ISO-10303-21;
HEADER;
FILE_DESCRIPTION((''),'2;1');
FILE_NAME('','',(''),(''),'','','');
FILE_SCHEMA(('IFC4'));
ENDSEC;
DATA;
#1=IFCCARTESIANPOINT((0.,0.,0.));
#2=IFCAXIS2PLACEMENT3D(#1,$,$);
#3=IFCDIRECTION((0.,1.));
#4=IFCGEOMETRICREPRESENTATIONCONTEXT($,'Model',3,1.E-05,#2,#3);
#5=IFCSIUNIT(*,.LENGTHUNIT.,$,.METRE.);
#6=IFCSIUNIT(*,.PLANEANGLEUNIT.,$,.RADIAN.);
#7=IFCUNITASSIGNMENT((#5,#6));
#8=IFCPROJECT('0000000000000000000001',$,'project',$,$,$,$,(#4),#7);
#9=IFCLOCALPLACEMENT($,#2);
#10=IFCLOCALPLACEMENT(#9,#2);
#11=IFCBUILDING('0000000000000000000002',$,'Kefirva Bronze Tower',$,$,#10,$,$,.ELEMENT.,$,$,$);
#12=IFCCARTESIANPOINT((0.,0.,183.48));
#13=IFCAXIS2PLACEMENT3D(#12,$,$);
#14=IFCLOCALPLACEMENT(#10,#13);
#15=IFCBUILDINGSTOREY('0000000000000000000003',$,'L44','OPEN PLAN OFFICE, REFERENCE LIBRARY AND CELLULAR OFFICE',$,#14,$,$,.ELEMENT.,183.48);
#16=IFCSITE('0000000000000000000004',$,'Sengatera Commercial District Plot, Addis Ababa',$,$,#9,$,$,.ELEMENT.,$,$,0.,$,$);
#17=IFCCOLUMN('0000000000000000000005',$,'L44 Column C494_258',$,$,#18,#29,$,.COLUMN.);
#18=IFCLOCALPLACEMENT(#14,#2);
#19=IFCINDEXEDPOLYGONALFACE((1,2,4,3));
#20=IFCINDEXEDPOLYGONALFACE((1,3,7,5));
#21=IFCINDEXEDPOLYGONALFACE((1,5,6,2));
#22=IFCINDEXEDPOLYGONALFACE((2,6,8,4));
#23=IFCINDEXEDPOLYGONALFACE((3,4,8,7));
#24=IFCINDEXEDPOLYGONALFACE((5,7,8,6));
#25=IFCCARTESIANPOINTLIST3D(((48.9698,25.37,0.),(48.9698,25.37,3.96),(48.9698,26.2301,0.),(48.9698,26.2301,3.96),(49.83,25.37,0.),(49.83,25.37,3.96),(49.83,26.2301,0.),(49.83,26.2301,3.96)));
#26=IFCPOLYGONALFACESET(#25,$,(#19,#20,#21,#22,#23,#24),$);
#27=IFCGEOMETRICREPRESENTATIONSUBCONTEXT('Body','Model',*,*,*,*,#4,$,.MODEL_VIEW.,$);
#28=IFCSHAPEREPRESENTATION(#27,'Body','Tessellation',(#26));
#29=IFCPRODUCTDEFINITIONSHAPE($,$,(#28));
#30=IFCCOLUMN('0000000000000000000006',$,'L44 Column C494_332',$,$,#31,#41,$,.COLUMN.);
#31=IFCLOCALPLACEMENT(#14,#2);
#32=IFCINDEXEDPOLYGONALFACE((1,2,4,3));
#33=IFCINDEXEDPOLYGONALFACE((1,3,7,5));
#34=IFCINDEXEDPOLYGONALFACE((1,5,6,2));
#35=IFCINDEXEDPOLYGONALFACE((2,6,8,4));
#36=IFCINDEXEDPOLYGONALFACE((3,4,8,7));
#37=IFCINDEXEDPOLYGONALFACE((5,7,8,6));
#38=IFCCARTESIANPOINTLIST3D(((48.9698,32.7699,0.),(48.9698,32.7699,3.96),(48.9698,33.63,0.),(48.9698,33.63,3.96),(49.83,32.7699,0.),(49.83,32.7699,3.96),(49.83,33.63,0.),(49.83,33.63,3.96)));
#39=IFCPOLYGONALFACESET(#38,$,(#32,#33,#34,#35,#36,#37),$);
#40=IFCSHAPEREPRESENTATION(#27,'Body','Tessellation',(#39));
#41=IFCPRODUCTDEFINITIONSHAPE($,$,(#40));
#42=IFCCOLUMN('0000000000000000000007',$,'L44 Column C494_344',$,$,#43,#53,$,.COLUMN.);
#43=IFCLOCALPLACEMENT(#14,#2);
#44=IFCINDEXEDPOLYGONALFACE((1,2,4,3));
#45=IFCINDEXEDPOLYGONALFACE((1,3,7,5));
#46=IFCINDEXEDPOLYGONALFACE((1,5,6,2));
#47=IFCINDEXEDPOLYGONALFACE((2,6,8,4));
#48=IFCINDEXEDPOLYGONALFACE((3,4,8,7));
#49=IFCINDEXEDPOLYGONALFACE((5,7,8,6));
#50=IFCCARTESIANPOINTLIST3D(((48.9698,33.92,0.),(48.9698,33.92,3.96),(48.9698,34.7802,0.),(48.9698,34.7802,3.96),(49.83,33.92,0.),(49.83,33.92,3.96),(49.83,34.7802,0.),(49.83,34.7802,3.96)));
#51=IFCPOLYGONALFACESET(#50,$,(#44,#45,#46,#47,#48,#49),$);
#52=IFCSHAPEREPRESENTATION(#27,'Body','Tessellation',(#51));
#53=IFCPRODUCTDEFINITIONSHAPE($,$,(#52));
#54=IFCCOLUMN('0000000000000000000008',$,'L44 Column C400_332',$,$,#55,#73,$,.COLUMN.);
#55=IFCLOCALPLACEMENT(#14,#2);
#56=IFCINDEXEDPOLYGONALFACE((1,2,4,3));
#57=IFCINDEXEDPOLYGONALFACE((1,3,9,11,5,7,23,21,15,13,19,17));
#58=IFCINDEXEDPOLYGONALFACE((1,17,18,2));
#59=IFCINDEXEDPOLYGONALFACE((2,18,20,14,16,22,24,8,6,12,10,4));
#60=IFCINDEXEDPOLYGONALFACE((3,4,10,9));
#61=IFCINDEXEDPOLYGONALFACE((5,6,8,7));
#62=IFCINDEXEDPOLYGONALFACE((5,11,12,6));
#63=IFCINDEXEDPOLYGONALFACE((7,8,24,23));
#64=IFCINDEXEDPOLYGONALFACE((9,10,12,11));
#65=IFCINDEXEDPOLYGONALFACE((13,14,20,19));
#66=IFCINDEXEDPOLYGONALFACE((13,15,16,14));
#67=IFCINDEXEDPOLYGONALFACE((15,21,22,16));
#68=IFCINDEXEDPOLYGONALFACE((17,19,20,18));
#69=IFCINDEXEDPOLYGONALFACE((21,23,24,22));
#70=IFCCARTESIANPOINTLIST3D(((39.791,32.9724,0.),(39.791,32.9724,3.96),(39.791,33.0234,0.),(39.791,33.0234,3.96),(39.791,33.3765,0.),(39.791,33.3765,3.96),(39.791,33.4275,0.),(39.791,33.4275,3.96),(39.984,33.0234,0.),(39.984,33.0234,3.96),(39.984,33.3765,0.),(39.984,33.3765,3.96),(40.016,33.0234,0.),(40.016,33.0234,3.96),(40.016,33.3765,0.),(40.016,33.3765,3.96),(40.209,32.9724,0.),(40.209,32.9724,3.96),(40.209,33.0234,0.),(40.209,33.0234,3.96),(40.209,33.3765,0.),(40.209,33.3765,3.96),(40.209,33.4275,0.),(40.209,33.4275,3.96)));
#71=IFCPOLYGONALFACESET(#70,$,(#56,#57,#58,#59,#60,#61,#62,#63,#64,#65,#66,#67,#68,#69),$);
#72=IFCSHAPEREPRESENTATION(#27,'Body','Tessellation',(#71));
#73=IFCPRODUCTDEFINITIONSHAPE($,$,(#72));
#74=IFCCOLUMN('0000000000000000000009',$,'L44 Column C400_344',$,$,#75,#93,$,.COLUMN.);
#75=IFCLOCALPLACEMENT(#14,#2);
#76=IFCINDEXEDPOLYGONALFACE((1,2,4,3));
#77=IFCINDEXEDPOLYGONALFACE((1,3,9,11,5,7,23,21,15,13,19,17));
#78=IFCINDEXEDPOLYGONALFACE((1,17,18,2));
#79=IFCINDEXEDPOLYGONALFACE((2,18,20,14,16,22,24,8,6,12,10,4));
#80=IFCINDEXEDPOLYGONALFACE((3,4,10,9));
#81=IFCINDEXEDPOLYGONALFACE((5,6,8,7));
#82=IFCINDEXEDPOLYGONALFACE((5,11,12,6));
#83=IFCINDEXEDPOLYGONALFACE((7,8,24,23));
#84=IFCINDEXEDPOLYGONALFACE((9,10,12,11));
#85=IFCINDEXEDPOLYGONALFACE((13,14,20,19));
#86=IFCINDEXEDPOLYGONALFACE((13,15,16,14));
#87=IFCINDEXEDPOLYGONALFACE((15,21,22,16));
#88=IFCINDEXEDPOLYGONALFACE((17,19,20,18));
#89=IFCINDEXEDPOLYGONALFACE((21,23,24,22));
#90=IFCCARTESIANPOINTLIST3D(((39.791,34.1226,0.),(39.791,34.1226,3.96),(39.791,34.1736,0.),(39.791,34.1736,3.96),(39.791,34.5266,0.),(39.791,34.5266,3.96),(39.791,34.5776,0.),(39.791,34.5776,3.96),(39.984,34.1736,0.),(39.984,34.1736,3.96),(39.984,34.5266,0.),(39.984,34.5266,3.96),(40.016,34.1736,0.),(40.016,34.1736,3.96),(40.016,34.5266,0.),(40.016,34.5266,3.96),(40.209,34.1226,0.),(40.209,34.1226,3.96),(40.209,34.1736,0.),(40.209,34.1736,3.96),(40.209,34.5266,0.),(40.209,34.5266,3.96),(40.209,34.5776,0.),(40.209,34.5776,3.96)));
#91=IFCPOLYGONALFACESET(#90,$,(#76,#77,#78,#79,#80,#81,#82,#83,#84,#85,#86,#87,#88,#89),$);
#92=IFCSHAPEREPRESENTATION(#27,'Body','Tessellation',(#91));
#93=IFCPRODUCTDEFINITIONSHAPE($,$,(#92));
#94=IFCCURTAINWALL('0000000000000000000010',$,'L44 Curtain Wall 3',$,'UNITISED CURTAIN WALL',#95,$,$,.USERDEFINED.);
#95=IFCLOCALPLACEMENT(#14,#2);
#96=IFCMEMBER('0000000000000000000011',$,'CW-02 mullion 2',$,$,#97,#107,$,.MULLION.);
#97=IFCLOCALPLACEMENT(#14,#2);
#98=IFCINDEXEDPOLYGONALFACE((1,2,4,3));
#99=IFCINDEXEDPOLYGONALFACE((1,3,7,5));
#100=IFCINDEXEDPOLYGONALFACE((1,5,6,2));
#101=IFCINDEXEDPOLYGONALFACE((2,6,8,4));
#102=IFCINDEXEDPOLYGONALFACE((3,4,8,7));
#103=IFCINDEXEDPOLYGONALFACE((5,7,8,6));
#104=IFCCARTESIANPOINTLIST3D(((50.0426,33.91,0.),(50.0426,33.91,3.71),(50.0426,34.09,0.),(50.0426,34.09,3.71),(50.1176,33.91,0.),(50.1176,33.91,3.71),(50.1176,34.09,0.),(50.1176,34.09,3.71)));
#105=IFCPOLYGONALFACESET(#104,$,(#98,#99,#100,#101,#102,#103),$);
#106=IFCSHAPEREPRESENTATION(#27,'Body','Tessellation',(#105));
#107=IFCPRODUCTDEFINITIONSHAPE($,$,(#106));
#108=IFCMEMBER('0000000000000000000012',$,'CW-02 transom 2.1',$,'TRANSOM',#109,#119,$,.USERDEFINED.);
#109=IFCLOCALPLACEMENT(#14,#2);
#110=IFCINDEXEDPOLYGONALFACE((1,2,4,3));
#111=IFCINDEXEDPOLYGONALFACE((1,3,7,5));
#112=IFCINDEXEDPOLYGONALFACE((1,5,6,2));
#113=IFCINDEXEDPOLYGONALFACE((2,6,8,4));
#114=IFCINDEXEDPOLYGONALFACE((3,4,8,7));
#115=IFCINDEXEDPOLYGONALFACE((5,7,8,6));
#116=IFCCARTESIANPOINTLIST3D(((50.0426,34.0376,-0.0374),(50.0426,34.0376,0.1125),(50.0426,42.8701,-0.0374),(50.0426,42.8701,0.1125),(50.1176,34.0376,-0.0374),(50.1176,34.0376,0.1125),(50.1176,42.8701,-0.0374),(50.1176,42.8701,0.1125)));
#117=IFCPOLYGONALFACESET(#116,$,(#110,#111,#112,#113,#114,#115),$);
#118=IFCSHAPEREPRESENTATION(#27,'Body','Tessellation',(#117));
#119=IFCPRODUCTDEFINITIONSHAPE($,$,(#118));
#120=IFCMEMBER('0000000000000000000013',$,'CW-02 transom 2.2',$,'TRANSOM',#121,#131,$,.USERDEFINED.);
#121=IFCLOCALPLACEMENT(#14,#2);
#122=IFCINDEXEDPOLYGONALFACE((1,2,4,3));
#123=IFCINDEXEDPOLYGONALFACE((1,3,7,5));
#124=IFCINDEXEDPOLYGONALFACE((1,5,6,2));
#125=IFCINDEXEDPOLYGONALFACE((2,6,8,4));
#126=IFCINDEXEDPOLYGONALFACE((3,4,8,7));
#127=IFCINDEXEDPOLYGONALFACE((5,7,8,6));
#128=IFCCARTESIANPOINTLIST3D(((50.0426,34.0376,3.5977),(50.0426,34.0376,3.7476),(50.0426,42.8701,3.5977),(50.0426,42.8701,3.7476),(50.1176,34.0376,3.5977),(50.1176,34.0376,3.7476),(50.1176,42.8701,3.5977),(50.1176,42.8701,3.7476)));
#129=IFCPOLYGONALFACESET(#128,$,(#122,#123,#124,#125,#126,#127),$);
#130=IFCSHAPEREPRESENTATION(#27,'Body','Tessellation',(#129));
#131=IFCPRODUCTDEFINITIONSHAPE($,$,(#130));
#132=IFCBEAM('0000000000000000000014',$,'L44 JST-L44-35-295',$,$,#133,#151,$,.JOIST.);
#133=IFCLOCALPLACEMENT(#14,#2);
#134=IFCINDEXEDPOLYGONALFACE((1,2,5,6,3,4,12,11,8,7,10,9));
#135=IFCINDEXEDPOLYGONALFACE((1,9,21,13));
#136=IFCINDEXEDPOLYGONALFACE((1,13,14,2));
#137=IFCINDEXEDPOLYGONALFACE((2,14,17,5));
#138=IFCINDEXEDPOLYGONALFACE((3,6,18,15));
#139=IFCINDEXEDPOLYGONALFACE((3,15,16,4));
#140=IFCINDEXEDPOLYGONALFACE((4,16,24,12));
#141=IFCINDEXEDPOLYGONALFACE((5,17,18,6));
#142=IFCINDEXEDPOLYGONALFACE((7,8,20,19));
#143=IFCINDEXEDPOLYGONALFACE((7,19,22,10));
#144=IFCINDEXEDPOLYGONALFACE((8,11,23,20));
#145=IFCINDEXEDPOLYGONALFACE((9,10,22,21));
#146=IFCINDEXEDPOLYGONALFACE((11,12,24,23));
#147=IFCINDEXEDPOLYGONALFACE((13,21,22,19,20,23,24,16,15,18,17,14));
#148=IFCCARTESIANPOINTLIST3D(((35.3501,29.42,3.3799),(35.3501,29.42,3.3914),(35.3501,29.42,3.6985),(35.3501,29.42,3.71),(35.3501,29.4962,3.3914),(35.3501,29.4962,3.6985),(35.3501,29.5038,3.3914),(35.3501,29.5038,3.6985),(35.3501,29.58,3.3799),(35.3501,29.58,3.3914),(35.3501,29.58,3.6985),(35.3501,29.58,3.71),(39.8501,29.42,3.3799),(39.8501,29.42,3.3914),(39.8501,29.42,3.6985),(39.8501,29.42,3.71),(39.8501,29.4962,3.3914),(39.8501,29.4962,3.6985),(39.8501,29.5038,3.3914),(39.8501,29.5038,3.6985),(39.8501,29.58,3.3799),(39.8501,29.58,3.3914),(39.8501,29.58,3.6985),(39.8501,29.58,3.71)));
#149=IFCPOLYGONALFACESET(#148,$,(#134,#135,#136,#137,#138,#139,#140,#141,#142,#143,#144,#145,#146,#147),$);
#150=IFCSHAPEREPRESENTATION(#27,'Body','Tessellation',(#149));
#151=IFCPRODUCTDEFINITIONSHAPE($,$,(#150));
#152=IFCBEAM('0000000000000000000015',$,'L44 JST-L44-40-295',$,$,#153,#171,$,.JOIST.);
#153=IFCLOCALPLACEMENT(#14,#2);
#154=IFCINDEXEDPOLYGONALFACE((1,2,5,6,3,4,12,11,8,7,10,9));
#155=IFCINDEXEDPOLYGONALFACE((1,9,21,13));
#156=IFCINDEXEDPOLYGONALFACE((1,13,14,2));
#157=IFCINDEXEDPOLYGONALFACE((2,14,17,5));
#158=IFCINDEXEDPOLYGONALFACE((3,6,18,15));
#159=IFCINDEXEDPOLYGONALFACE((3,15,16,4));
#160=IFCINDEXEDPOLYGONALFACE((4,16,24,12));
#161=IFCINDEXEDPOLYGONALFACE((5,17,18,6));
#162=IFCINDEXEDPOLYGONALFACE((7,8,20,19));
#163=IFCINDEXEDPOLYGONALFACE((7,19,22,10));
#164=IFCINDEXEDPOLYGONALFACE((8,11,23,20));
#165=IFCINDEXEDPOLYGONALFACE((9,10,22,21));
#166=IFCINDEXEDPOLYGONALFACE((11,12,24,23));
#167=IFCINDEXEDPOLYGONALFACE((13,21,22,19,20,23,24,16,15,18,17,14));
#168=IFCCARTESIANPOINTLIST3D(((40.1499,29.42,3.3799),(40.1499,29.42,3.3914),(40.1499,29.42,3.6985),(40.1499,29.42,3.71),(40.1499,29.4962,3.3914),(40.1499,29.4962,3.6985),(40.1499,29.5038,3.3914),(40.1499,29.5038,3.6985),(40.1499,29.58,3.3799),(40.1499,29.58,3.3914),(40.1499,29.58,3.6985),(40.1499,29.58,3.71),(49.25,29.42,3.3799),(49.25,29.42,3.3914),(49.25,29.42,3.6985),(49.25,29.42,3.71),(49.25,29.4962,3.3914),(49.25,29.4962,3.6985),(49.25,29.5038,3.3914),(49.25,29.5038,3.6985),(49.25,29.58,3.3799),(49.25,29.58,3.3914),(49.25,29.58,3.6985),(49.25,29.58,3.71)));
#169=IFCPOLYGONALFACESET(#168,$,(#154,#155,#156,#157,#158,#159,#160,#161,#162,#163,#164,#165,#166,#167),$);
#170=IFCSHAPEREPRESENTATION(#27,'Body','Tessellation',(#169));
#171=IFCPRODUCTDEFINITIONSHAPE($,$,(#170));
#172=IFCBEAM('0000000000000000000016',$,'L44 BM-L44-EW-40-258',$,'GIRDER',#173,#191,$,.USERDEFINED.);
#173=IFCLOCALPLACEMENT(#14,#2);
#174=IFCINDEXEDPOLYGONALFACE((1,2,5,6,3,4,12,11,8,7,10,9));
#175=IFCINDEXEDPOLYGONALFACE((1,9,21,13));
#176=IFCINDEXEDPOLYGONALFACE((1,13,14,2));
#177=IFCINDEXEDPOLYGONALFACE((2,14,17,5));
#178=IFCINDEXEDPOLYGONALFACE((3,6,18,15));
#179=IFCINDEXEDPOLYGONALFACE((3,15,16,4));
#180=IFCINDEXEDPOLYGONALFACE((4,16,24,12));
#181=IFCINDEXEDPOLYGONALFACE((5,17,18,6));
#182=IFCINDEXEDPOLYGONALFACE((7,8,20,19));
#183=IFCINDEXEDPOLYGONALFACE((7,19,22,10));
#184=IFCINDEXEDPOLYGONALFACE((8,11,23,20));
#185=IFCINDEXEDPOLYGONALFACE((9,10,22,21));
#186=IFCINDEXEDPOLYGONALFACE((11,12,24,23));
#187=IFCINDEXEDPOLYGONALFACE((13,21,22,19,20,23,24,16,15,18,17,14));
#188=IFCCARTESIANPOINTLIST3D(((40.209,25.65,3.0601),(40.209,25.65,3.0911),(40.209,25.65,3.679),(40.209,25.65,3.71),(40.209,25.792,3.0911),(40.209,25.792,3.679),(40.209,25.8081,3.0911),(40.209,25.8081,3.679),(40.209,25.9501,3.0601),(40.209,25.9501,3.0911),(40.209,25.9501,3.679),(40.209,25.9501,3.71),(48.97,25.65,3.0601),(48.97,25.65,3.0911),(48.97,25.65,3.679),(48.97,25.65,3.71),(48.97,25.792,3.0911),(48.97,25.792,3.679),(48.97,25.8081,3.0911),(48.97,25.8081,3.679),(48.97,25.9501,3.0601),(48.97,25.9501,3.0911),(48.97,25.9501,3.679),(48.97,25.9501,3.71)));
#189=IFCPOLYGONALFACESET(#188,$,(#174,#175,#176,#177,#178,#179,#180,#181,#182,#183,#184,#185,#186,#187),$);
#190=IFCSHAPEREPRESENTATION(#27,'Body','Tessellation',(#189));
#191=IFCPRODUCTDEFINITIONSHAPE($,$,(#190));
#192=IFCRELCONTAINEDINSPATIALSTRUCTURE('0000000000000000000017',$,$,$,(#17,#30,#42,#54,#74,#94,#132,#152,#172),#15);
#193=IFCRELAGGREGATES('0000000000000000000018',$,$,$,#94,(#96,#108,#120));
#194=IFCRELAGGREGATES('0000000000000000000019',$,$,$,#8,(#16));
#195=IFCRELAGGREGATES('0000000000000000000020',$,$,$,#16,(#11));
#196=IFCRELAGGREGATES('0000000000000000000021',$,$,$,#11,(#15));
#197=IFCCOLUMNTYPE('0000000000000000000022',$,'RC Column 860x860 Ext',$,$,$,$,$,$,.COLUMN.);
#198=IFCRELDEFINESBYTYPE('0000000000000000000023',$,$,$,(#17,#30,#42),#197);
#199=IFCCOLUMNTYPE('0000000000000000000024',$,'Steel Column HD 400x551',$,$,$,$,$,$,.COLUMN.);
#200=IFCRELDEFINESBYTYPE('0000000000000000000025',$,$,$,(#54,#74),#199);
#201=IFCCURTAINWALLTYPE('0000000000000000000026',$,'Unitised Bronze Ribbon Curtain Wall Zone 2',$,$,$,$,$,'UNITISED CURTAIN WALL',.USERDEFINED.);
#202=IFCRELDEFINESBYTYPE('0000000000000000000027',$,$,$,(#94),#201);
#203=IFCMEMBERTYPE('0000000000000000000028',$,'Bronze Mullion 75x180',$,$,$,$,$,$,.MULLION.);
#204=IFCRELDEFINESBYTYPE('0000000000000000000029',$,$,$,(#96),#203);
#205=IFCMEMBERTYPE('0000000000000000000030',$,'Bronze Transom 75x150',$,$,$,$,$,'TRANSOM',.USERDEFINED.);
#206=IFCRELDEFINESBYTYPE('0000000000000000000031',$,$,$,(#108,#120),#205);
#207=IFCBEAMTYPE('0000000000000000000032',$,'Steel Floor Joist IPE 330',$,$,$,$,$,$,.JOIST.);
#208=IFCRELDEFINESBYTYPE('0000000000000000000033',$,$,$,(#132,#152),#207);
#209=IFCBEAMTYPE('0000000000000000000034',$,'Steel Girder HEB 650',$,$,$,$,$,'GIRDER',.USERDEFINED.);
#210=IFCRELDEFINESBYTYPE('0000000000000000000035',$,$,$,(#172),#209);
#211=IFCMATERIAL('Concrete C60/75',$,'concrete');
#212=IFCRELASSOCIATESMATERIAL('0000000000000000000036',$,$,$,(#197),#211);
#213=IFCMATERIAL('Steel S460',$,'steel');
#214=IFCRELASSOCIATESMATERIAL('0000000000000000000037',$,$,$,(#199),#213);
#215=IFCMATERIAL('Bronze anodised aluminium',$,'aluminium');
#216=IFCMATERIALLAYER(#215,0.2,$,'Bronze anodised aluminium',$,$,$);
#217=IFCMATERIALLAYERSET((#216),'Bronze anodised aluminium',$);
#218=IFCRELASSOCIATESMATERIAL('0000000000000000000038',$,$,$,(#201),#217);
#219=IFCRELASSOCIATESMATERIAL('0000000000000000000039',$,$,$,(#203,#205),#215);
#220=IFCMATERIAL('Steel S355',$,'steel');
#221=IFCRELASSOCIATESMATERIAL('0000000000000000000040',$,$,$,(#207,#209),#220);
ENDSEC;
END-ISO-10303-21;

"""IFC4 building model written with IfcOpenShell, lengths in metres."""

from ifc_helpers import new_model, si_unit, direction, frame, origin, origin_2d, place, context, subcontext, project, spatial, rectangle, i_section, extrude, material, layer, layer_set, material_profile, profile_set, type_object, element, aggregate, save


model = new_model("IFC4")

# Units and contexts
model_context = context("Model", 3, precision=1e-05, world=origin(), true_north=direction((0.0, 1.0)))
body_context = subcontext(model_context, "Body", "Model", "MODEL_VIEW")
ifc_project = project(units=[si_unit("LENGTHUNIT", "METRE"), si_unit("PLANEANGLEUNIT", "RADIAN")], contexts=[model_context])

# Site, building, storey
site_placement = place(None, origin())
site = spatial("IfcSite", under=ifc_project, at=site_placement, Name="Sengatera Commercial District Plot, Addis Ababa", CompositionType="ELEMENT", RefElevation=0.0)
building_placement = place(site_placement, origin())
building = spatial("IfcBuilding", under=site, at=building_placement, Name="Kefirva Bronze Tower", CompositionType="ELEMENT")
storey_placement = place(building_placement, frame((0.0, 0.0, 183.48)))
storey = spatial("IfcBuildingStorey", under=building, at=storey_placement, Name="L44", Description="OPEN PLAN OFFICE, REFERENCE LIBRARY AND CELLULAR OFFICE", CompositionType="ELEMENT", Elevation=183.48)

# Columns
ifc_material_1 = material(Name="Concrete C60/75", Category="concrete")
ifc_material_profile_1 = material_profile(ifc_material_1, rectangle(XDim=0.8601, YDim=0.8601, at=origin_2d()), Name="RC 860x860")
ifc_profile_set_1 = profile_set([ifc_material_profile_1], Name="Concrete C60/75")
column_type_1 = type_object("IfcColumnType", Name="RC Column 860x860 Ext", PredefinedType="COLUMN", material=ifc_profile_set_1)
for number, where, z_axis, x_axis, name in (
    (1, (49.3999, 25.8, 0.0), (0.0, 0.0, 1.0), (1.0, 0.0, 0.0), "L44 Column C494_258"),
    (2, (49.3999, 33.2, 0.0), (0.0, 0.0, 1.0), (1.0, 0.0, 0.0), "L44 Column C494_332"),
    (3, (49.3999, 34.3501, 0.0), (0.0, 0.0, 1.0), (1.0, 0.0, 0.0), "L44 Column C494_344"),
):
    element("IfcColumn", number, at=place(storey_placement, frame(where, z_axis=z_axis, x_axis=x_axis)), inside=storey, type_object=column_type_1, Name=name, PredefinedType="COLUMN", context=body_context, shape_type="SweptSolid", body=[
        extrude(rectangle(XDim=0.8601, YDim=0.8601, at=origin_2d()), origin(), (0.0, 0.0, 1.0), 3.96),
    ])
ifc_material_2 = material(Name="Steel S460", Category="steel")
ifc_material_profile_2 = material_profile(ifc_material_2, i_section(OverallWidth=0.418, OverallDepth=0.4551, WebThickness=0.032, FlangeThickness=0.051, at=origin_2d()), Name="HD 400x551")
ifc_profile_set_2 = profile_set([ifc_material_profile_2], Name="Steel S460")
column_type_2 = type_object("IfcColumnType", Name="Steel Column HD 400x551", PredefinedType="COLUMN", material=ifc_profile_set_2)
for number, where, z_axis, x_axis, name in (
    (4, (40.0, 33.2, 0.0), (0.0, 0.0, 1.0), (1.0, 0.0, 0.0), "L44 Column C400_332"),
    (5, (40.0, 34.3501, 0.0), (0.0, 0.0, 1.0), (1.0, 0.0, 0.0), "L44 Column C400_344"),
):
    element("IfcColumn", number, at=place(storey_placement, frame(where, z_axis=z_axis, x_axis=x_axis)), inside=storey, type_object=column_type_2, Name=name, PredefinedType="COLUMN", context=body_context, shape_type="SweptSolid", body=[
        extrude(i_section(OverallWidth=0.418, OverallDepth=0.4551, WebThickness=0.032, FlangeThickness=0.051, at=origin_2d()), origin(), (0.0, 0.0, 1.0), 3.96),
    ])

# Curtain wall, members
ifc_material_3 = material(Name="Bronze anodised aluminium", Category="aluminium")
ifc_layer_1 = layer(ifc_material_3, 0.2, Name="Bronze anodised aluminium")
ifc_layer_set_1 = layer_set([ifc_layer_1], Name="Bronze anodised aluminium")
curtain_wall_type = type_object("IfcCurtainWallType", Name="Unitised Bronze Ribbon Curtain Wall Zone 2", ElementType="UNITISED CURTAIN WALL", PredefinedType="USERDEFINED", material=ifc_layer_set_1)
curtain_wall_placement = place(storey_placement, origin())
curtain_wall = element("IfcCurtainWall", 6, at=curtain_wall_placement, inside=storey, type_object=curtain_wall_type, Name="L44 Curtain Wall 3", ObjectType="UNITISED CURTAIN WALL", PredefinedType="USERDEFINED")
ifc_material_profile_3 = material_profile(ifc_material_3, rectangle(XDim=0.075, YDim=0.1799, at=origin_2d()), Name="ALU 75x180")
ifc_profile_set_3 = profile_set([ifc_material_profile_3], Name="Bronze anodised aluminium")
member_type_1 = type_object("IfcMemberType", Name="Bronze Mullion 75x180", PredefinedType="MULLION", material=ifc_profile_set_3)
member_1_placement = place(storey_placement, frame((50.0801, 34.0, 0.0), z_axis=(0.0, 0.0, 1.0), x_axis=(-1.0, 0.0, 0.0)))
member_1 = element("IfcMember", 7, at=member_1_placement, type_object=member_type_1, Name="CW-02 mullion 2", PredefinedType="MULLION", context=body_context, shape_type="SweptSolid", body=[
    extrude(rectangle(XDim=0.075, YDim=0.1799, at=origin_2d()), origin(), (0.0, 0.0, 1.0), 3.71),
])
ifc_material_profile_4 = material_profile(ifc_material_3, rectangle(XDim=0.075, YDim=0.1499, at=origin_2d()), Name="ALU 75x150")
ifc_profile_set_4 = profile_set([ifc_material_profile_4], Name="Bronze anodised aluminium")
member_type_2 = type_object("IfcMemberType", Name="Bronze Transom 75x150", ElementType="TRANSOM", PredefinedType="USERDEFINED", material=ifc_profile_set_4)
member_2_placement = place(storey_placement, frame((50.0801, 34.0376, 0.0376), z_axis=(0.0, 1.0, 0.0), x_axis=(-1.0, 0.0, 0.0)))
member_2 = element("IfcMember", 8, at=member_2_placement, type_object=member_type_2, Name="CW-02 transom 2.1", ObjectType="TRANSOM", PredefinedType="USERDEFINED", context=body_context, shape_type="SweptSolid", body=[
    extrude(rectangle(XDim=0.075, YDim=0.1499, at=origin_2d()), origin(), (0.0, 0.0, 1.0), 8.8325),
])
member_3_placement = place(storey_placement, frame((50.0801, 34.0376, 3.6726), z_axis=(0.0, 1.0, 0.0), x_axis=(-1.0, 0.0, 0.0)))
member_3 = element("IfcMember", 9, at=member_3_placement, type_object=member_type_2, Name="CW-02 transom 2.2", ObjectType="TRANSOM", PredefinedType="USERDEFINED", context=body_context, shape_type="SweptSolid", body=[
    extrude(rectangle(XDim=0.075, YDim=0.1499, at=origin_2d()), origin(), (0.0, 0.0, 1.0), 8.8325),
])

# Beams
ifc_material_4 = material(Name="Steel S355", Category="steel")
ifc_material_profile_5 = material_profile(ifc_material_4, i_section(OverallWidth=0.1599, OverallDepth=0.3301, WebThickness=0.0076, FlangeThickness=0.0115, at=origin_2d()), Name="IPE 330")
ifc_profile_set_5 = profile_set([ifc_material_profile_5], Name="Steel S355")
beam_type_1 = type_object("IfcBeamType", Name="Steel Floor Joist IPE 330", PredefinedType="JOIST", material=ifc_profile_set_5)
beam_1_placement = place(storey_placement, frame((35.3501, 29.5, 3.5449), z_axis=(1.0, 0.0, 0.0), x_axis=(0.0, 1.0, 0.0)))
element("IfcBeam", 10, at=beam_1_placement, inside=storey, type_object=beam_type_1, Name="L44 JST-L44-35-295", PredefinedType="JOIST", context=body_context, shape_type="SweptSolid", body=[
    extrude(i_section(OverallWidth=0.1599, OverallDepth=0.3301, WebThickness=0.0076, FlangeThickness=0.0115, at=origin_2d()), origin(), (0.0, 0.0, 1.0), 4.5),
])
beam_2_placement = place(storey_placement, frame((40.1499, 29.5, 3.5449), z_axis=(1.0, 0.0, 0.0), x_axis=(0.0, 1.0, 0.0)))
element("IfcBeam", 11, at=beam_2_placement, inside=storey, type_object=beam_type_1, Name="L44 JST-L44-40-295", PredefinedType="JOIST", context=body_context, shape_type="SweptSolid", body=[
    extrude(i_section(OverallWidth=0.1599, OverallDepth=0.3301, WebThickness=0.0076, FlangeThickness=0.0115, at=origin_2d()), origin(), (0.0, 0.0, 1.0), 9.1001),
])
ifc_material_profile_6 = material_profile(ifc_material_4, i_section(OverallWidth=0.3, OverallDepth=0.6499, WebThickness=0.0161, FlangeThickness=0.031, at=origin_2d()), Name="HEB 650")
ifc_profile_set_6 = profile_set([ifc_material_profile_6], Name="Steel S355")
beam_type_2 = type_object("IfcBeamType", Name="Steel Girder HEB 650", ElementType="GIRDER", PredefinedType="USERDEFINED", material=ifc_profile_set_6)
beam_3_placement = place(storey_placement, frame((40.209, 25.8, 3.385), z_axis=(1.0, 0.0, 0.0), x_axis=(0.0, 1.0, 0.0)))
element("IfcBeam", 12, at=beam_3_placement, inside=storey, type_object=beam_type_2, Name="L44 BM-L44-EW-40-258", ObjectType="GIRDER", PredefinedType="USERDEFINED", context=body_context, shape_type="SweptSolid", body=[
    extrude(i_section(OverallWidth=0.3, OverallDepth=0.6499, WebThickness=0.0161, FlangeThickness=0.031, at=origin_2d()), origin(), (0.0, 0.0, 1.0), 8.761),
])

aggregate(curtain_wall, [member_1, member_2, member_3])

save(model, "model.ifc")
